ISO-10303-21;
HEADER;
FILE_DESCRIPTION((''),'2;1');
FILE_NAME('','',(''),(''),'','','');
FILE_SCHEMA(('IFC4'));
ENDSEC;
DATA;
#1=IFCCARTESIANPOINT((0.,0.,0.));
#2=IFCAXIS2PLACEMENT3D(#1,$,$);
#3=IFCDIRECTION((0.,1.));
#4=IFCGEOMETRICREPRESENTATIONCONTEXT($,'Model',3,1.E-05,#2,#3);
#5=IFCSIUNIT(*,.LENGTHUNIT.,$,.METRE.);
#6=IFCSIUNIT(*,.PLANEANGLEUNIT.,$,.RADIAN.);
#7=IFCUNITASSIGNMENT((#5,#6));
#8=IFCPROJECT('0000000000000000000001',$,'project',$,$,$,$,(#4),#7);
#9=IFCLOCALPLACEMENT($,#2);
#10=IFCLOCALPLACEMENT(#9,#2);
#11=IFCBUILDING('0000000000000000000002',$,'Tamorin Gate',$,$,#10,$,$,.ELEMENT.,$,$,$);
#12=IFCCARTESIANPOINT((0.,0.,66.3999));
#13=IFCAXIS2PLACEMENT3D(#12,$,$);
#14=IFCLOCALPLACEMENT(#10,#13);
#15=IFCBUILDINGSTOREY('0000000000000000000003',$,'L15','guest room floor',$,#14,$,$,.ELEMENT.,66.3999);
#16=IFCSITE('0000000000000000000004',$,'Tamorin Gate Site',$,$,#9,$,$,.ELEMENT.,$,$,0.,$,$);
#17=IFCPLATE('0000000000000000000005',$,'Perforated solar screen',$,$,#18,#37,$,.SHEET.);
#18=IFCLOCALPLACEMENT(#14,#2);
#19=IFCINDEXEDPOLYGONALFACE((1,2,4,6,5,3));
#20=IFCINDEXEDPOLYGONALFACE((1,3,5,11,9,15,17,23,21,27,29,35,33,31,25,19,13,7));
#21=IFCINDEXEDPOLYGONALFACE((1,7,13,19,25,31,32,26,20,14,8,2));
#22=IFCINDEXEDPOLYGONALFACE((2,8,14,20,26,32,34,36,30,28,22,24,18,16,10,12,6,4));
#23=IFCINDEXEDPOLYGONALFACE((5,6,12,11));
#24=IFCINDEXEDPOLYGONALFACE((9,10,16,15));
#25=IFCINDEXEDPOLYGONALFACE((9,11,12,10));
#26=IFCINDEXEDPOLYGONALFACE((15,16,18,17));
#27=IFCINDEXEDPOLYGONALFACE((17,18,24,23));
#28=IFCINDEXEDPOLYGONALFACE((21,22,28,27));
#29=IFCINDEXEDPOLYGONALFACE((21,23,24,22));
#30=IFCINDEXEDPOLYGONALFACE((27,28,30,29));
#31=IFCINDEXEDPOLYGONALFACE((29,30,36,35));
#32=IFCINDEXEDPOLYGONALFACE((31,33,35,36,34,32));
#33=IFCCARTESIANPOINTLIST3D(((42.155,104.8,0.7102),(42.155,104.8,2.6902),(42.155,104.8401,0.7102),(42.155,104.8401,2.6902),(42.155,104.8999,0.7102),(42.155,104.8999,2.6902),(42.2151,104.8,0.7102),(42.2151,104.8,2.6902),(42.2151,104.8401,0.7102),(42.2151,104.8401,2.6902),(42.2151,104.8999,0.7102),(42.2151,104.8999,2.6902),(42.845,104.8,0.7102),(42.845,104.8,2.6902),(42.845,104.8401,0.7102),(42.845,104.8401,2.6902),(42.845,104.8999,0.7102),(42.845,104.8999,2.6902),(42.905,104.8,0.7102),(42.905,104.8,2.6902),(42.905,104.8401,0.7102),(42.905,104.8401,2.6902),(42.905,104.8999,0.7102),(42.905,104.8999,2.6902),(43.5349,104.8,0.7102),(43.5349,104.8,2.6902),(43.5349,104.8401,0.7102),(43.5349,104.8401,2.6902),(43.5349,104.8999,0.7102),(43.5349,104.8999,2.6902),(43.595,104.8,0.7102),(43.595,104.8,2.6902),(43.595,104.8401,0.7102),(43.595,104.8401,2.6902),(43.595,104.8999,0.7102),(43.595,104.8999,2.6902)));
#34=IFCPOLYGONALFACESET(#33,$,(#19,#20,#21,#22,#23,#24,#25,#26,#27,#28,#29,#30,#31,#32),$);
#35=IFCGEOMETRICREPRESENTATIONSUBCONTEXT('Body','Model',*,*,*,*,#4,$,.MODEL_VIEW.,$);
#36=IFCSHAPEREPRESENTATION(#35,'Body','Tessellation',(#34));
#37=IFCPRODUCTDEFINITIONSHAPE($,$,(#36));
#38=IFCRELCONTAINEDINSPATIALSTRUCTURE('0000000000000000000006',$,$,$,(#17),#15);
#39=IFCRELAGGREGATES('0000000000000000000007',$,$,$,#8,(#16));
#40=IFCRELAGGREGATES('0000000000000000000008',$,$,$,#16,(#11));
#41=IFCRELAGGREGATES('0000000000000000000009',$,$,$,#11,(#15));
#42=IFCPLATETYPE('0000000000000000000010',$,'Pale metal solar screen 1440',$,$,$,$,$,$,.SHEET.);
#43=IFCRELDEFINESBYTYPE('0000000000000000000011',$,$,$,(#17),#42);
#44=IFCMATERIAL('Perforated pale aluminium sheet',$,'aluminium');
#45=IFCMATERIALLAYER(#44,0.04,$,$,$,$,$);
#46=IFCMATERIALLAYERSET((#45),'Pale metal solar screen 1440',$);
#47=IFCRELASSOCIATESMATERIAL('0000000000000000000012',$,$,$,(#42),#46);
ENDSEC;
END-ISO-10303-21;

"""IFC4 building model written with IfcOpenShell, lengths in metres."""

from ifc_helpers import new_model, si_unit, direction, frame, origin, place, context, subcontext, project, spatial, polyline, outline, extrude, material, layer, layer_set, type_object, element, save


model = new_model("IFC4")

# Units and contexts
model_context = context("Model", 3, precision=1e-05, world=origin(), true_north=direction((0.0, 1.0)))
body_context = subcontext(model_context, "Body", "Model", "MODEL_VIEW")
ifc_project = project(units=[si_unit("LENGTHUNIT", "METRE"), si_unit("PLANEANGLEUNIT", "RADIAN")], contexts=[model_context])

# Site, building, storey
site_placement = place(None, origin())
site = spatial("IfcSite", under=ifc_project, at=site_placement, Name="Tamorin Gate Site", CompositionType="ELEMENT", RefElevation=0.0)
building_placement = place(site_placement, origin())
building = spatial("IfcBuilding", under=site, at=building_placement, Name="Tamorin Gate", CompositionType="ELEMENT")
storey_placement = place(building_placement, frame((0.0, 0.0, 66.3999)))
storey = spatial("IfcBuildingStorey", under=building, at=storey_placement, Name="L15", Description="guest room floor", CompositionType="ELEMENT", Elevation=66.3999)

# Plate
ifc_material = material(Name="Perforated pale aluminium sheet", Category="aluminium")
ifc_layer = layer(ifc_material, 0.04)
ifc_layer_set = layer_set([ifc_layer], Name="Pale metal solar screen 1440")
plate_type = type_object("IfcPlateType", Name="Pale metal solar screen 1440", PredefinedType="SHEET", material=ifc_layer_set)
plate_1_placement = place(storey_placement, frame((0.0, 0.0, 0.7102)))
element("IfcPlate", 1, at=plate_1_placement, inside=storey, type_object=plate_type, Name="Perforated solar screen", PredefinedType="SHEET", context=body_context, shape_type="SweptSolid", body=[
    extrude(outline(polyline([(43.595, 104.8401), (43.595, 104.8), (43.5349, 104.8), (42.905, 104.8), (42.845, 104.8), (42.2151, 104.8), (42.155, 104.8), (42.155, 104.8401), (42.155, 104.8999), (42.2151, 104.8999), (42.2151, 104.8401), (42.845, 104.8401), (42.845, 104.8999), (42.905, 104.8999), (42.905, 104.8401), (43.5349, 104.8401), (43.5349, 104.8999), (43.595, 104.8999), (43.595, 104.8401)])), origin(), (0.0, 0.0, 1.0), 1.98),
])

save(model, "model.ifc")
